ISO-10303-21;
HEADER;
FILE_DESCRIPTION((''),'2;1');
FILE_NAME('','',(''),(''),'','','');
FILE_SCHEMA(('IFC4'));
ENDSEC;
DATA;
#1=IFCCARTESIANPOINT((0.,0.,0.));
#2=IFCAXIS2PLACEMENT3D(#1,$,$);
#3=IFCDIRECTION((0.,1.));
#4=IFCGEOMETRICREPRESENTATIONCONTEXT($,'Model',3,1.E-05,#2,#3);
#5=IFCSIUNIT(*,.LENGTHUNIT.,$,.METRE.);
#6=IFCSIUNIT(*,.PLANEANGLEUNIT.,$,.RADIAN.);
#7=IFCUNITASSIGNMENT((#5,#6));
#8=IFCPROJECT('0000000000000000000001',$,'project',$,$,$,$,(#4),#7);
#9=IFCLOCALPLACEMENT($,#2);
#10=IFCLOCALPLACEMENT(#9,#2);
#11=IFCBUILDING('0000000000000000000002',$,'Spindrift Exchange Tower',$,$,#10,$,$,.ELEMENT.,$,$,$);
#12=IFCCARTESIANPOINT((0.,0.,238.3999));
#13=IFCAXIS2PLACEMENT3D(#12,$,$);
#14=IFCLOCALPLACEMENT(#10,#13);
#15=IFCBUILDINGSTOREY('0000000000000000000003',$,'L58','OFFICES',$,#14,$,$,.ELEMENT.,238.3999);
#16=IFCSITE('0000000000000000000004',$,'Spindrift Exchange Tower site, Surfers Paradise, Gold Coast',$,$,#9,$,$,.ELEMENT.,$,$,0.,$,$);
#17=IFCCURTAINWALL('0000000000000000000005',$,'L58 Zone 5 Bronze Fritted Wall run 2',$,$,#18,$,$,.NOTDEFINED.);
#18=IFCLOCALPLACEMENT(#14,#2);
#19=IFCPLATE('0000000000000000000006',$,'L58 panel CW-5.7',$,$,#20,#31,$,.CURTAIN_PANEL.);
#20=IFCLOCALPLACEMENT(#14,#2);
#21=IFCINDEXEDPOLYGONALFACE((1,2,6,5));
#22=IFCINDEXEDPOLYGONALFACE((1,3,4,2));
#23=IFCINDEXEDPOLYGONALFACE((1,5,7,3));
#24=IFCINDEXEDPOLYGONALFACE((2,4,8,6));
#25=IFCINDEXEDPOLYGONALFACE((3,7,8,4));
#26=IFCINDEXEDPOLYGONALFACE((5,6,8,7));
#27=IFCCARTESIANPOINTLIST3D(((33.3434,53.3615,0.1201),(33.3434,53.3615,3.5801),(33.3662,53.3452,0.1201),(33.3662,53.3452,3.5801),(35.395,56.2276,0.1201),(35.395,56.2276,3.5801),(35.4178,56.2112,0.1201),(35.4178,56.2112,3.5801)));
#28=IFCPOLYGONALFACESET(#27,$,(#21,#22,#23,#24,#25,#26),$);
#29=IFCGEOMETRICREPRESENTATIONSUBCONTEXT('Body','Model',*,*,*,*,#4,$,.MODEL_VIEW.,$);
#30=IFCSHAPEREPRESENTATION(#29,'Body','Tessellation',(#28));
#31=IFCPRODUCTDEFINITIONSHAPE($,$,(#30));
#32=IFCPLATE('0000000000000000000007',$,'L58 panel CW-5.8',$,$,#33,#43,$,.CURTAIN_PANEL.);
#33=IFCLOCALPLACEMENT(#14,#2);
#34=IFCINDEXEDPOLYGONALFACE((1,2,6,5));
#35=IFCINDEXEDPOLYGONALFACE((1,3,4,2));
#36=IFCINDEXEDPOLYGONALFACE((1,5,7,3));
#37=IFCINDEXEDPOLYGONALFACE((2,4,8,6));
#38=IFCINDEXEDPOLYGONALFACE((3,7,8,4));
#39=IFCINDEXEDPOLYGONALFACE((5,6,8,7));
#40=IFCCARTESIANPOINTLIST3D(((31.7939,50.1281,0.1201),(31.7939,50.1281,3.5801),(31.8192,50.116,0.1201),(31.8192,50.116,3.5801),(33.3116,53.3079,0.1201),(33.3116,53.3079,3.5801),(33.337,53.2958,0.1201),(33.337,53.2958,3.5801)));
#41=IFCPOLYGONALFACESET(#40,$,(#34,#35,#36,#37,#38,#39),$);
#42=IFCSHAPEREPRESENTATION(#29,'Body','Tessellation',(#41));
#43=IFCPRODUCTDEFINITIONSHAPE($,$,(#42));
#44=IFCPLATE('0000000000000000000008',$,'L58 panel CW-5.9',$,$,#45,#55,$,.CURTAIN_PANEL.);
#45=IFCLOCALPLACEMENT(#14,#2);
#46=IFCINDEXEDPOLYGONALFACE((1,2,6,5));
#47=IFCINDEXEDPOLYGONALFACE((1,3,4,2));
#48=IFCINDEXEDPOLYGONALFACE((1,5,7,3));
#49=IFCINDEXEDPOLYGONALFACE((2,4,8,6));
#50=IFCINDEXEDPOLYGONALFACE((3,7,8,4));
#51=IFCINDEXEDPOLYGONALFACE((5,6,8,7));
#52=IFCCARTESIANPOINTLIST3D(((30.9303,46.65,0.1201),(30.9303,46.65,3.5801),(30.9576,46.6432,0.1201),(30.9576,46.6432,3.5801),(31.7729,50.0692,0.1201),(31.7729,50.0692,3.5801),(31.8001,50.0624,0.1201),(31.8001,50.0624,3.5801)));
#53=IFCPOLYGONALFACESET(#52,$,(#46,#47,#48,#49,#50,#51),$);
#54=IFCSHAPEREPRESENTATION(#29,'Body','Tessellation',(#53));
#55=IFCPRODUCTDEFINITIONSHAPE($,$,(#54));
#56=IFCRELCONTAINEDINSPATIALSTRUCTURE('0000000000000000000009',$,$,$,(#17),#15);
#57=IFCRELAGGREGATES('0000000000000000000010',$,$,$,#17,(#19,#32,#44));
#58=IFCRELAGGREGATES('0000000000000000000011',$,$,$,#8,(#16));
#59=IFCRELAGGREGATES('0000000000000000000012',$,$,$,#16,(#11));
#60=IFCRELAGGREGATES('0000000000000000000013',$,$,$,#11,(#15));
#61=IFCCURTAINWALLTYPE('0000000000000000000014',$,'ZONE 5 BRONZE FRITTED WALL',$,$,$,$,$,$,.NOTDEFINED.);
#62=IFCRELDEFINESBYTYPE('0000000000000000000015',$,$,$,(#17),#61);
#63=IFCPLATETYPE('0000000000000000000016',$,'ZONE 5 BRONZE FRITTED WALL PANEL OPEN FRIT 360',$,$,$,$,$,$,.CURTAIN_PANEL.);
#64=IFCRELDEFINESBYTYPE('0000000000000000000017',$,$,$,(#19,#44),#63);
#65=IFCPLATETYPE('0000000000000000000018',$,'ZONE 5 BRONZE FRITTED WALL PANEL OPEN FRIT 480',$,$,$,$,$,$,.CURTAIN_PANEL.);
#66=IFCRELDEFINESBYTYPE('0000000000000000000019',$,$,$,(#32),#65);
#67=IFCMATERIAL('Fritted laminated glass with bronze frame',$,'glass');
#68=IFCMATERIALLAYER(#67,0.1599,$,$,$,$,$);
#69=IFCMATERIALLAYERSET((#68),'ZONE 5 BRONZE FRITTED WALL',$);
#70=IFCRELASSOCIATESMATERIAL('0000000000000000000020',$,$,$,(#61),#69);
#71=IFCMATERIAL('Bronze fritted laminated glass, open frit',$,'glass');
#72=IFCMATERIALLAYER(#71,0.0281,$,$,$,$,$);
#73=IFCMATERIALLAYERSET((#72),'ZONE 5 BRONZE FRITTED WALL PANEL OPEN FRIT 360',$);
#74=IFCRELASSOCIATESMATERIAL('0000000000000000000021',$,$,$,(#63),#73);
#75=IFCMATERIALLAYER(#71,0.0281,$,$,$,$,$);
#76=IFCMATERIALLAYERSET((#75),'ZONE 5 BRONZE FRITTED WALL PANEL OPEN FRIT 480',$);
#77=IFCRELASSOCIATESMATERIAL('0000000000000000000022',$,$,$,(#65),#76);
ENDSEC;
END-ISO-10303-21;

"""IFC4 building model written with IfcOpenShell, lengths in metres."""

from ifc_helpers import new_model, si_unit, direction, frame, origin, origin_2d, place, context, subcontext, project, spatial, rectangle, extrude, source, transform, mapped, material, layer, layer_set, type_object, element, aggregate, save


model = new_model("IFC4")

# Units and contexts
model_context = context("Model", 3, precision=1e-05, world=origin(), true_north=direction((0.0, 1.0)))
body_context = subcontext(model_context, "Body", "Model", "MODEL_VIEW")
ifc_project = project(units=[si_unit("LENGTHUNIT", "METRE"), si_unit("PLANEANGLEUNIT", "RADIAN")], contexts=[model_context])

# Site, building, storey
site_placement = place(None, origin())
site = spatial("IfcSite", under=ifc_project, at=site_placement, Name="Spindrift Exchange Tower site, Surfers Paradise, Gold Coast", CompositionType="ELEMENT", RefElevation=0.0)
building_placement = place(site_placement, origin())
building = spatial("IfcBuilding", under=site, at=building_placement, Name="Spindrift Exchange Tower", CompositionType="ELEMENT")
storey_placement = place(building_placement, frame((0.0, 0.0, 238.3999)))
storey = spatial("IfcBuildingStorey", under=building, at=storey_placement, Name="L58", Description="OFFICES", CompositionType="ELEMENT", Elevation=238.3999)

# Curtain wall, plates
ifc_material_1 = material(Name="Fritted laminated glass with bronze frame", Category="glass")
ifc_layer_1 = layer(ifc_material_1, 0.1599)
ifc_layer_set_1 = layer_set([ifc_layer_1], Name="ZONE 5 BRONZE FRITTED WALL")
curtain_wall_type = type_object("IfcCurtainWallType", Name="ZONE 5 BRONZE FRITTED WALL", PredefinedType="NOTDEFINED", material=ifc_layer_set_1)
curtain_wall_placement = place(storey_placement, origin())
curtain_wall = element("IfcCurtainWall", 1, at=curtain_wall_placement, inside=storey, type_object=curtain_wall_type, Name="L58 Zone 5 Bronze Fritted Wall run 2", PredefinedType="NOTDEFINED")
ifc_material_2 = material(Name="Bronze fritted laminated glass, open frit", Category="glass")
ifc_layer_2 = layer(ifc_material_2, 0.0281)
ifc_layer_set_2 = layer_set([ifc_layer_2], Name="ZONE 5 BRONZE FRITTED WALL PANEL OPEN FRIT 360")
plate_type_1 = type_object("IfcPlateType", Name="ZONE 5 BRONZE FRITTED WALL PANEL OPEN FRIT 360", PredefinedType="CURTAIN_PANEL", material=ifc_layer_set_2)
shared_shape_1 = source(origin(), body_context, "Body", "SweptSolid", [
    extrude(rectangle(XDim=3.5247, YDim=0.0281, at=origin_2d()), origin(), (0.0, 0.0, 1.0), 3.46),
])
plate_1_placement = place(storey_placement, frame((34.3806, 54.7864, 0.1201), z_axis=(0.0, 0.0, 1.0), x_axis=(-0.582069, -0.813139, 0.0)))
plate_1 = element("IfcPlate", 2, at=plate_1_placement, type_object=plate_type_1, Name="L58 panel CW-5.7", PredefinedType="CURTAIN_PANEL", context=body_context, shape_type="MappedRepresentation", body=[
    mapped(shared_shape_1, transform((0.0, 0.0, 0.0), scale=1.0)),
])
ifc_layer_3 = layer(ifc_material_2, 0.0281)
ifc_layer_set_3 = layer_set([ifc_layer_3], Name="ZONE 5 BRONZE FRITTED WALL PANEL OPEN FRIT 480")
plate_type_2 = type_object("IfcPlateType", Name="ZONE 5 BRONZE FRITTED WALL PANEL OPEN FRIT 480", PredefinedType="CURTAIN_PANEL", material=ifc_layer_set_3)
shared_shape_2 = source(origin(), body_context, "Body", "SweptSolid", [
    extrude(rectangle(XDim=3.5234, YDim=0.0281, at=origin_2d()), origin(), (0.0, 0.0, 1.0), 3.46),
])
plate_2_placement = place(storey_placement, frame((32.5654, 51.7119, 0.1201), z_axis=(0.0, 0.0, 1.0), x_axis=(-0.430752, -0.90247, 0.0)))
plate_2 = element("IfcPlate", 3, at=plate_2_placement, type_object=plate_type_2, Name="L58 panel CW-5.8", PredefinedType="CURTAIN_PANEL", context=body_context, shape_type="MappedRepresentation", body=[
    mapped(shared_shape_2, transform((0.0, 0.0, 0.0), scale=1.0)),
])
shared_shape_3 = source(origin(), body_context, "Body", "SweptSolid", [
    extrude(rectangle(XDim=3.5215, YDim=0.0281, at=origin_2d()), origin(), (0.0, 0.0, 1.0), 3.46),
])
plate_3_placement = place(storey_placement, frame((31.3652, 48.3562, 0.1201), z_axis=(0.0, 0.0, 1.0), x_axis=(-0.239255, -0.970957, 0.0)))
plate_3 = element("IfcPlate", 4, at=plate_3_placement, type_object=plate_type_1, Name="L58 panel CW-5.9", PredefinedType="CURTAIN_PANEL", context=body_context, shape_type="MappedRepresentation", body=[
    mapped(shared_shape_3, transform((0.0, 0.0, 0.0), scale=1.0)),
])
aggregate(curtain_wall, [plate_1, plate_2, plate_3])

save(model, "model.ifc")
